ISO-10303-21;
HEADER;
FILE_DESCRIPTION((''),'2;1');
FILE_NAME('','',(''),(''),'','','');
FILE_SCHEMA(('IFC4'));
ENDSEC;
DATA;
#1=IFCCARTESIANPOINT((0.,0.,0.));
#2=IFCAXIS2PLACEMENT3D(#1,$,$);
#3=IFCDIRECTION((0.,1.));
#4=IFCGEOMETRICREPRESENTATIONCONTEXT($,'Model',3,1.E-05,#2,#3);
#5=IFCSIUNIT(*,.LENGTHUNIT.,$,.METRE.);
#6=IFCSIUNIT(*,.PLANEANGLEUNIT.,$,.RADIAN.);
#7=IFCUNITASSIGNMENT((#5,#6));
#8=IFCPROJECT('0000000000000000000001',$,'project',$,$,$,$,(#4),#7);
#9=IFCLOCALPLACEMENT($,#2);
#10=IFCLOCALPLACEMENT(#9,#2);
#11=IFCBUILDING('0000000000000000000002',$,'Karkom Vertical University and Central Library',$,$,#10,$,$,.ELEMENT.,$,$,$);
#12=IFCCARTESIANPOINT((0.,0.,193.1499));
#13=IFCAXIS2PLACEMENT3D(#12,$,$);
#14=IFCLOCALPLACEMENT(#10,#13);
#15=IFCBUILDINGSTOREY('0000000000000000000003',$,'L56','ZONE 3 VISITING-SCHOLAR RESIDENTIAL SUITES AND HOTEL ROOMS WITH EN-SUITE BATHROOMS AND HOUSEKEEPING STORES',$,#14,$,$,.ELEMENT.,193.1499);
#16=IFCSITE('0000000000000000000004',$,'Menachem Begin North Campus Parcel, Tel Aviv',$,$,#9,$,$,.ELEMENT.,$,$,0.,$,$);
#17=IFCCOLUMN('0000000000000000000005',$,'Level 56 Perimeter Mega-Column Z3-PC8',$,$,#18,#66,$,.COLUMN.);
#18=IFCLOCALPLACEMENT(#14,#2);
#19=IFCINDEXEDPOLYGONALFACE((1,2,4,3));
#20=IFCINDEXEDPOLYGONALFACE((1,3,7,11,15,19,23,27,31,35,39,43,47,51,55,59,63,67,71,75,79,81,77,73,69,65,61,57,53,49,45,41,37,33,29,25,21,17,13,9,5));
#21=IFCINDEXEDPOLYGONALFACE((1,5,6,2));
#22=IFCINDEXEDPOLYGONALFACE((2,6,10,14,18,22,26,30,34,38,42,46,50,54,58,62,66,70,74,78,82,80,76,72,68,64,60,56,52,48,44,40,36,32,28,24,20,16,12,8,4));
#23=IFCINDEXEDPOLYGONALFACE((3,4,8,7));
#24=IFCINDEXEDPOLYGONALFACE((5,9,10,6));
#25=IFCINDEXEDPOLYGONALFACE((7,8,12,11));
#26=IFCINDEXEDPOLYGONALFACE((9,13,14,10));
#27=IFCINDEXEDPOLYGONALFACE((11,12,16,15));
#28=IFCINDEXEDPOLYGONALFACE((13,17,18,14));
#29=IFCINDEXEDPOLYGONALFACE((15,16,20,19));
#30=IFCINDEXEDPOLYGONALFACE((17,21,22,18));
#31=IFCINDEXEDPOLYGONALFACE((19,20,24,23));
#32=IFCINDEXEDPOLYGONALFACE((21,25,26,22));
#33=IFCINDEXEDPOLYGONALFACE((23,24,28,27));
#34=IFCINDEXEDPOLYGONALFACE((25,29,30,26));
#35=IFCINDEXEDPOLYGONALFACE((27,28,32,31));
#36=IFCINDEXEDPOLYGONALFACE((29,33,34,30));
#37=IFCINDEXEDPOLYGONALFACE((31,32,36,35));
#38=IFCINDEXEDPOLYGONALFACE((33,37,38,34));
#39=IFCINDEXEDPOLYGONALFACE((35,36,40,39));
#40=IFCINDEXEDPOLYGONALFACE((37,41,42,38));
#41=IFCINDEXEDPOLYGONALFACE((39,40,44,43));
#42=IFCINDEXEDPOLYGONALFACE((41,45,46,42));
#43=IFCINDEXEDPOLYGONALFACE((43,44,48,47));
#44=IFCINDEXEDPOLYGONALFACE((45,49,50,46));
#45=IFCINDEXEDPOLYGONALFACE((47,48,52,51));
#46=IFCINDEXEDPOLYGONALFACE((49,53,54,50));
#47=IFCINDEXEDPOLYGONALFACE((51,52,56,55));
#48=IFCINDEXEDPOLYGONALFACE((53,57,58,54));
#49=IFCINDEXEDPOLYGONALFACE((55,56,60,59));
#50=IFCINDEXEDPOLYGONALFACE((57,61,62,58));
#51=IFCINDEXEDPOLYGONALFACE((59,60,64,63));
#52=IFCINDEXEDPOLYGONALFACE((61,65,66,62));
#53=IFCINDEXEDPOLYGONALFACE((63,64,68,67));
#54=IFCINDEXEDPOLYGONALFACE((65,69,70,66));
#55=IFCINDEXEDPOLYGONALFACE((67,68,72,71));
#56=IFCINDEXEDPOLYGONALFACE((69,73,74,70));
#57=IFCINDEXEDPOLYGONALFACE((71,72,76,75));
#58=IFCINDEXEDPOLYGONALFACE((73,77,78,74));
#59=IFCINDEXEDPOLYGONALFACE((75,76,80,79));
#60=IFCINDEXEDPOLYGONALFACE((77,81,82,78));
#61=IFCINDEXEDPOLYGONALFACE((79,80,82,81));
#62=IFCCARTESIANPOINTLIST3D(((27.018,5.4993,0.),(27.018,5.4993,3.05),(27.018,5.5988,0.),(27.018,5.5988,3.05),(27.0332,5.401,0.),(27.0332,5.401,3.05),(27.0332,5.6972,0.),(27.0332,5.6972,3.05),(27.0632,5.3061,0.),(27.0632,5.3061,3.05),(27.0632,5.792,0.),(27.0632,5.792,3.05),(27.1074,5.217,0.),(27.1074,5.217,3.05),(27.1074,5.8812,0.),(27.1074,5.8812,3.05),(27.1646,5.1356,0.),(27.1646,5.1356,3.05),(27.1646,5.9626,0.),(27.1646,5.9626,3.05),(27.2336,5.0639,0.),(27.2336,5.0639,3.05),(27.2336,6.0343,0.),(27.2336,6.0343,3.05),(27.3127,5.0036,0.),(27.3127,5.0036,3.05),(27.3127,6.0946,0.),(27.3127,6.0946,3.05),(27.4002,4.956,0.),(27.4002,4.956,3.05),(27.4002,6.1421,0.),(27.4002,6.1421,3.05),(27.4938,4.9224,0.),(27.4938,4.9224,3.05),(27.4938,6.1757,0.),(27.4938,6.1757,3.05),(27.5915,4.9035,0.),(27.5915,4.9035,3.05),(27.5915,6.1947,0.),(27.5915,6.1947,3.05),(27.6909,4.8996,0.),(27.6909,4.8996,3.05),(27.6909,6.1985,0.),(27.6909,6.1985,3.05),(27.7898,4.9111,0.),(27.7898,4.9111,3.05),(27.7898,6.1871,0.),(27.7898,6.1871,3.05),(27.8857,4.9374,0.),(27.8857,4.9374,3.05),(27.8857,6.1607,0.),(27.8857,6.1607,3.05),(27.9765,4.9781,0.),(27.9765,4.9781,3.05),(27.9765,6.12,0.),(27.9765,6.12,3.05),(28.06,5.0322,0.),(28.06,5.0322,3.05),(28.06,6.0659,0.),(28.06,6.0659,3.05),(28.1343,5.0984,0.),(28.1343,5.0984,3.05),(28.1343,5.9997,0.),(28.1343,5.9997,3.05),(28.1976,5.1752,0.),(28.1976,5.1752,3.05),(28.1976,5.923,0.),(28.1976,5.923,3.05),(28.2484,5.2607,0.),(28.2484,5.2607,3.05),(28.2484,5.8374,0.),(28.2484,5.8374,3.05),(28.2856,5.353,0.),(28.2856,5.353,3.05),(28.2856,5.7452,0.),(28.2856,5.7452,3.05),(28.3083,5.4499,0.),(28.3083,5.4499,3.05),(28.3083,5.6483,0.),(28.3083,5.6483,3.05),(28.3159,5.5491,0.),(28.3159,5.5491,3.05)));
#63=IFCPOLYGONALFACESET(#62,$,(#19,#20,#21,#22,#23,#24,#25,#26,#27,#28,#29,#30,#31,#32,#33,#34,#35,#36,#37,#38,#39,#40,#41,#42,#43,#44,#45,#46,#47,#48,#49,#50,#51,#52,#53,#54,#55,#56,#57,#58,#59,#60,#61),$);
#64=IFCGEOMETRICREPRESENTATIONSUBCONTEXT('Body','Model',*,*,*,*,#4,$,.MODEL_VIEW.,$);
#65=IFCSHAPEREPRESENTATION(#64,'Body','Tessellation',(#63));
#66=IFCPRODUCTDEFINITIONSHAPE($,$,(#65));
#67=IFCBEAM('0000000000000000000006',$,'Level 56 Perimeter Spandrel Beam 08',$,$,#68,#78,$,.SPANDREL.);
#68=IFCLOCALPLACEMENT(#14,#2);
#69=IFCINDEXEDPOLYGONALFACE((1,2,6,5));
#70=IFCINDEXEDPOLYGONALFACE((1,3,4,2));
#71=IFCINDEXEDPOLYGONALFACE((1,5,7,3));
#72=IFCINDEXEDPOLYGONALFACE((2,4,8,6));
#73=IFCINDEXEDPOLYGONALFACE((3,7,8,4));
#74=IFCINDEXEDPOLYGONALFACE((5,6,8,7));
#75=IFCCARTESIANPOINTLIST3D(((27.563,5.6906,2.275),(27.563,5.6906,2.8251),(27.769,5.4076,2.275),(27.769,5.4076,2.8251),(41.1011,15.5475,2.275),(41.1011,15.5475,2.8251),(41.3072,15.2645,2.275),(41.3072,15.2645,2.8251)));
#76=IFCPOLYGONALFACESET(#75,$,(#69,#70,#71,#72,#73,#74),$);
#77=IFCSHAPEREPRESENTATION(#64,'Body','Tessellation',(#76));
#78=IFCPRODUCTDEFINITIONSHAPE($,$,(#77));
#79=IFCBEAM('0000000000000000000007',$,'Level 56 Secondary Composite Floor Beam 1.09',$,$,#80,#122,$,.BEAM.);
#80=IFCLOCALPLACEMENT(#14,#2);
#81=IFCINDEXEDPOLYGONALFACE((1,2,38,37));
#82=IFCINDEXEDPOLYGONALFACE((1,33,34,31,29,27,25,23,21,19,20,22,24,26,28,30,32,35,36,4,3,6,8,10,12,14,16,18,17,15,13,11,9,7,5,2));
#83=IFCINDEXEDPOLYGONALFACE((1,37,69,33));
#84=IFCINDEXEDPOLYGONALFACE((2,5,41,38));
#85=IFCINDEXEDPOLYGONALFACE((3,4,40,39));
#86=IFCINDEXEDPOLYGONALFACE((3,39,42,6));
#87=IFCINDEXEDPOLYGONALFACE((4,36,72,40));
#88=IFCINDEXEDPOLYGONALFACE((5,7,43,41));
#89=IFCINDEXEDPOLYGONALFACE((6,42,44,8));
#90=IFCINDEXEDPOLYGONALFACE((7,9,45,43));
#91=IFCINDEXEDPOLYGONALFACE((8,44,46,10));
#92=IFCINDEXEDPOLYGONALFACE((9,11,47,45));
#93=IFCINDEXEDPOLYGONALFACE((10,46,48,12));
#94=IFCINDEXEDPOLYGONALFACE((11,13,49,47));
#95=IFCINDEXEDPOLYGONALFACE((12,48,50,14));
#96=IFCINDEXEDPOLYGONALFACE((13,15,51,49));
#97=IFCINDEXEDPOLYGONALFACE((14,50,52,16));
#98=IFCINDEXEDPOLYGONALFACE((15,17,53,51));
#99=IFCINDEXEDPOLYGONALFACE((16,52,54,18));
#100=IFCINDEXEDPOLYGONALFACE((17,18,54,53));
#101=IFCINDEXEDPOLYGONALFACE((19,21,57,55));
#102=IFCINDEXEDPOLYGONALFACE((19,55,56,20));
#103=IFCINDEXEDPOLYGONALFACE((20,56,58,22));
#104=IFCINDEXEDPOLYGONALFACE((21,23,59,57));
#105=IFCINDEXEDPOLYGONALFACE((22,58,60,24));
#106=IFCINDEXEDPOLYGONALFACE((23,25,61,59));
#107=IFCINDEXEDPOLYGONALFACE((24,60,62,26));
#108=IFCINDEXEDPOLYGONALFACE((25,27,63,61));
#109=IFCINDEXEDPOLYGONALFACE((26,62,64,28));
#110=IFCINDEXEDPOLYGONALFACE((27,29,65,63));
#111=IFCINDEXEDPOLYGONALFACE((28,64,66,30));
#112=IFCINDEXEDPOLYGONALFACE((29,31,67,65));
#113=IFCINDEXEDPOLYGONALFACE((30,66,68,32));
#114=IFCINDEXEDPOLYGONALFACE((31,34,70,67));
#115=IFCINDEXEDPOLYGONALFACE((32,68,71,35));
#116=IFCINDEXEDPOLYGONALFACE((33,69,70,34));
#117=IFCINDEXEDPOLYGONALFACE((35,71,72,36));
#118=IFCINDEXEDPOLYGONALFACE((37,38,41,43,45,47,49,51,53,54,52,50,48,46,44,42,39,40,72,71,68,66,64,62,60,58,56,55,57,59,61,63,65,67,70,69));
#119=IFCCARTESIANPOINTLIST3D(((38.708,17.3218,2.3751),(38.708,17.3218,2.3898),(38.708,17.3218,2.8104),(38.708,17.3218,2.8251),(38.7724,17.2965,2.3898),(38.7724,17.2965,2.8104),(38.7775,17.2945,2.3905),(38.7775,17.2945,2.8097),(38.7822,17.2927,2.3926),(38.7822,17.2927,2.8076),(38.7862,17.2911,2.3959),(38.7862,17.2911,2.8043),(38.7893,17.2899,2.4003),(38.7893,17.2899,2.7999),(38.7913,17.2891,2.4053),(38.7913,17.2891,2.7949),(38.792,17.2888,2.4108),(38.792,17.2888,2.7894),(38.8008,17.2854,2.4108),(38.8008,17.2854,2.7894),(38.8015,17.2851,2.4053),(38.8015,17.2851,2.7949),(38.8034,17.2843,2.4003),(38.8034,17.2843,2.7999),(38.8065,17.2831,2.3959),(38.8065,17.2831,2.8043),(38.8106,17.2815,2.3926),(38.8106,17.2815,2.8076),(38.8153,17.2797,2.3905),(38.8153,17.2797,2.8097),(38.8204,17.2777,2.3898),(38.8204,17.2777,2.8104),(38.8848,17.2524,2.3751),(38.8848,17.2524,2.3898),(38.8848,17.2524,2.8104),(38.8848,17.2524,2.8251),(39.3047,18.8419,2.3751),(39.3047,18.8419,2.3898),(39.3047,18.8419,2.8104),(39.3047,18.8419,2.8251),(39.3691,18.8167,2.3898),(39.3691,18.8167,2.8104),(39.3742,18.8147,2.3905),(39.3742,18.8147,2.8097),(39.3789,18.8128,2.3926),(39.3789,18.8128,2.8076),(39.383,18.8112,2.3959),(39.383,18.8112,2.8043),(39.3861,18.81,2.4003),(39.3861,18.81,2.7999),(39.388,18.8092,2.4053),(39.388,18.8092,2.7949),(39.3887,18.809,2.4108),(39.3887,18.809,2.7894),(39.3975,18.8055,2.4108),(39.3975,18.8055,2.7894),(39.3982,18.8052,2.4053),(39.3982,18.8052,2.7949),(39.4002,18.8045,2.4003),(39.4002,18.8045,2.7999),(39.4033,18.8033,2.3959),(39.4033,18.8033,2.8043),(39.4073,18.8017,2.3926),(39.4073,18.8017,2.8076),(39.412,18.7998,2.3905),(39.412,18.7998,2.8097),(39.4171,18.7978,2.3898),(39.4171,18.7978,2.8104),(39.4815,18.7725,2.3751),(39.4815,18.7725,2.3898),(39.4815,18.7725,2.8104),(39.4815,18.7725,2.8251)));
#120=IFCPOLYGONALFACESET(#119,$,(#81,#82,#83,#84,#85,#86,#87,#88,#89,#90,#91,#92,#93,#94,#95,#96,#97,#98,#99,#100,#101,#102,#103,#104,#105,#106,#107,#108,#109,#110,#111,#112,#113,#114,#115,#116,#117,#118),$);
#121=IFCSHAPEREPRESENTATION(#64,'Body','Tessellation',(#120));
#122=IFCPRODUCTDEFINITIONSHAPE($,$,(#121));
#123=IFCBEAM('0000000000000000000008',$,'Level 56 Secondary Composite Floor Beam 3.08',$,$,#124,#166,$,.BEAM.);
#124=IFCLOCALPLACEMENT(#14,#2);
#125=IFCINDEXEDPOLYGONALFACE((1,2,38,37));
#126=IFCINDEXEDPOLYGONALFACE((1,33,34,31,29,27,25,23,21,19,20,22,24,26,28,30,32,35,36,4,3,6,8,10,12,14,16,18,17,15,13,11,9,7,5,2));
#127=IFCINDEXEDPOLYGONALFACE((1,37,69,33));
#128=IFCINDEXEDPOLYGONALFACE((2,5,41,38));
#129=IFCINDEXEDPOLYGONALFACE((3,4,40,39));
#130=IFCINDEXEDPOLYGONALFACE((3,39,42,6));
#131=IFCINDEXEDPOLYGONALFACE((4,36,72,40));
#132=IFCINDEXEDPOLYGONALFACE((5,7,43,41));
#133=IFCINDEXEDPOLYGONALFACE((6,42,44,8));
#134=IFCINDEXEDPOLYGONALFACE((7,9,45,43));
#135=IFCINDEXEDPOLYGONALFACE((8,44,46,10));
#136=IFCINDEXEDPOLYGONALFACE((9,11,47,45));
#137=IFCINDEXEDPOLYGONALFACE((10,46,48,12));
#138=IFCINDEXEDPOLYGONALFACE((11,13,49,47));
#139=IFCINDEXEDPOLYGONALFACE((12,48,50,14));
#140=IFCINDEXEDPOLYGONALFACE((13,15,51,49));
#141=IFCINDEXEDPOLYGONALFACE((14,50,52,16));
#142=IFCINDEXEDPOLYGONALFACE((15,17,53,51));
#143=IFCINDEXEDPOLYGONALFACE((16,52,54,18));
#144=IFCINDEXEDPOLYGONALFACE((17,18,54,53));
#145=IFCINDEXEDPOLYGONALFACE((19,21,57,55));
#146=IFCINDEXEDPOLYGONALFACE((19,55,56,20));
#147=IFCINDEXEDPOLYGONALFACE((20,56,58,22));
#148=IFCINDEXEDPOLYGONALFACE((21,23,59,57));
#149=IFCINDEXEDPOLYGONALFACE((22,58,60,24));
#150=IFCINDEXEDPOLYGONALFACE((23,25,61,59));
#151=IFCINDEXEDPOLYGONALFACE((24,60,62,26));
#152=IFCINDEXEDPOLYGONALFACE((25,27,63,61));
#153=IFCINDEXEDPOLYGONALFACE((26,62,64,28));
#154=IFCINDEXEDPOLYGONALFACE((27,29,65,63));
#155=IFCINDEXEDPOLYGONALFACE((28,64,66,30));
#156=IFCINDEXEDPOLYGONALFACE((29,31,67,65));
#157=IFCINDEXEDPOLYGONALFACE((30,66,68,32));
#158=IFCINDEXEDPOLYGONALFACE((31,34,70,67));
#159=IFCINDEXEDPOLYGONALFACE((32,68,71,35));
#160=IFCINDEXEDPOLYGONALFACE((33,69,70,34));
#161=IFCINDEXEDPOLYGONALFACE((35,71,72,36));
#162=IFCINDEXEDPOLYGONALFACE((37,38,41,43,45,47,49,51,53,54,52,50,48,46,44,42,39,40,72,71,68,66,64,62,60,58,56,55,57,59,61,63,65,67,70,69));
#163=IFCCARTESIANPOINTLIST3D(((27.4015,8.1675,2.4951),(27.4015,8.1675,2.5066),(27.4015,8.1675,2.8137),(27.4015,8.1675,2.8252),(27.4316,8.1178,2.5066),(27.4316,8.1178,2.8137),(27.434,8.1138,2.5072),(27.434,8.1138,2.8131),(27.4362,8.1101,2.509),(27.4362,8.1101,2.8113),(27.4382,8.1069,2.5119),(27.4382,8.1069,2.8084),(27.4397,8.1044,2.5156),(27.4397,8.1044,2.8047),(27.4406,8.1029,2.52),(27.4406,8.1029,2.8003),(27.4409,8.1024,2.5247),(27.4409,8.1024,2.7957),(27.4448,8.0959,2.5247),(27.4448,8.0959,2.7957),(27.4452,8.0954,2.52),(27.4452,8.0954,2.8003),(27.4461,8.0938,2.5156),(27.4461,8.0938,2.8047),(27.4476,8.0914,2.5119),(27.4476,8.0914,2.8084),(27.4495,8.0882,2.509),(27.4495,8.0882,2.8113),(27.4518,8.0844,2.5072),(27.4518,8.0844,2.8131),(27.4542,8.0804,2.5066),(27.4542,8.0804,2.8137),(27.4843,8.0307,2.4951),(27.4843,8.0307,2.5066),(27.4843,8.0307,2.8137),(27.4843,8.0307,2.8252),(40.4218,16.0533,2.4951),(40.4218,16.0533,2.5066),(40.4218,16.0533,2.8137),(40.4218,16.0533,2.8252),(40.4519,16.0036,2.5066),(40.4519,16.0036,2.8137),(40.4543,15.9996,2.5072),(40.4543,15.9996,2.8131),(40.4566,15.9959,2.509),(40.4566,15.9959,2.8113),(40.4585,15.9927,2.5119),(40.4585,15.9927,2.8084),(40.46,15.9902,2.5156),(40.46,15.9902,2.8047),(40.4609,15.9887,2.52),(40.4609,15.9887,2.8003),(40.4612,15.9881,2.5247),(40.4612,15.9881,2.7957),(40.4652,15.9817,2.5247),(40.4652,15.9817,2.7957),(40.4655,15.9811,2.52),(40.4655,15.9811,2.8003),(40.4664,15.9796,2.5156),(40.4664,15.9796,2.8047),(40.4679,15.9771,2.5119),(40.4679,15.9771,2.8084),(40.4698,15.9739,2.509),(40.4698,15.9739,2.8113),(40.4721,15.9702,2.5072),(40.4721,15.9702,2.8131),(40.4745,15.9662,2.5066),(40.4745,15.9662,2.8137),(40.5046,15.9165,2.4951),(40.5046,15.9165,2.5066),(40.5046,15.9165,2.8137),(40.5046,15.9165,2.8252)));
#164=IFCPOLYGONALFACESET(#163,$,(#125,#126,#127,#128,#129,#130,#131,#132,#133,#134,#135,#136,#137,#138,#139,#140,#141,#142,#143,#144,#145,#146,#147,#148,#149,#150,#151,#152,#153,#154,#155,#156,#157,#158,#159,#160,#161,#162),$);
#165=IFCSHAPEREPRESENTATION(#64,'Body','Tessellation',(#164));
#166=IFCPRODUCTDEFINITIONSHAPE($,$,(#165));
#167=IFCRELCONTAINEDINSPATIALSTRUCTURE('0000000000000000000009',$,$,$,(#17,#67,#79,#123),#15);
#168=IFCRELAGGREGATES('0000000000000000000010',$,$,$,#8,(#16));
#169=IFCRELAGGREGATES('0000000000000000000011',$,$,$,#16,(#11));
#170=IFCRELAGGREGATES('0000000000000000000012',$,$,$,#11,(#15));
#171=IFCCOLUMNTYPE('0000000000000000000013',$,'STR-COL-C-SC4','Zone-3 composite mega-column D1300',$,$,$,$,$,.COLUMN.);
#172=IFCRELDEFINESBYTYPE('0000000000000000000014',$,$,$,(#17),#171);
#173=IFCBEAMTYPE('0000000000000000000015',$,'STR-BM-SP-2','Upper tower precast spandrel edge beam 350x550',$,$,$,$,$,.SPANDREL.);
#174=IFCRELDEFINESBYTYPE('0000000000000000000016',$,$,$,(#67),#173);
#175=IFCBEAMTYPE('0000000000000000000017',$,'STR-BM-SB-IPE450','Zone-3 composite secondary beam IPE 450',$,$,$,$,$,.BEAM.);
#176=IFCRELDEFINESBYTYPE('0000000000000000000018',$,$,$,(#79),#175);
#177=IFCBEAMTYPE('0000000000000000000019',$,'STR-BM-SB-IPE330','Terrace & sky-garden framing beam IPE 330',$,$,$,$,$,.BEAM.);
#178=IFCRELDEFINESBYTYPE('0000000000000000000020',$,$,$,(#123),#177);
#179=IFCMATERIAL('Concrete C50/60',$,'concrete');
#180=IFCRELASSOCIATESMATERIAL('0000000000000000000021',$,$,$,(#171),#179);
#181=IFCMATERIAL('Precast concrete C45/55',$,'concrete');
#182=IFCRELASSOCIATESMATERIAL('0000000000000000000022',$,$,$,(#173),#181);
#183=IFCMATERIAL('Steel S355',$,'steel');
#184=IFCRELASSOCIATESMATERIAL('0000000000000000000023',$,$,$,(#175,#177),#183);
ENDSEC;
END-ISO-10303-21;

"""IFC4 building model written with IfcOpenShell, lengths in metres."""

from ifc_helpers import new_model, si_unit, direction, frame, origin, origin_with_axes, origin_2d, place, context, subcontext, project, spatial, rectangle, circle, i_section, extrude, source, transform, mapped, material, material_profile, profile_set, type_object, element, save


model = new_model("IFC4")

# Units and contexts
model_context = context("Model", 3, precision=1e-05, world=origin(), true_north=direction((0.0, 1.0)))
body_context = subcontext(model_context, "Body", "Model", "MODEL_VIEW")
ifc_project = project(units=[si_unit("LENGTHUNIT", "METRE"), si_unit("PLANEANGLEUNIT", "RADIAN")], contexts=[model_context])

# Site, building, storey
site_placement = place(None, origin())
site = spatial("IfcSite", under=ifc_project, at=site_placement, Name="Menachem Begin North Campus Parcel, Tel Aviv", CompositionType="ELEMENT", RefElevation=0.0)
building_placement = place(site_placement, origin())
building = spatial("IfcBuilding", under=site, at=building_placement, Name="Karkom Vertical University and Central Library", CompositionType="ELEMENT")
storey_placement = place(building_placement, frame((0.0, 0.0, 193.1499)))
storey = spatial("IfcBuildingStorey", under=building, at=storey_placement, Name="L56", Description="ZONE 3 VISITING-SCHOLAR RESIDENTIAL SUITES AND HOTEL ROOMS WITH EN-SUITE BATHROOMS AND HOUSEKEEPING STORES", CompositionType="ELEMENT", Elevation=193.1499)

# Column
ifc_material_1 = material(Name="Concrete C50/60", Category="concrete")
ifc_material_profile_1 = material_profile(ifc_material_1, circle(Radius=0.6499, at=origin_2d()), Name="CFT-D1300")
ifc_profile_set_1 = profile_set([ifc_material_profile_1], Name="Concrete C50/60")
column_type = type_object("IfcColumnType", Name="STR-COL-C-SC4", Description="Zone-3 composite mega-column D1300", PredefinedType="COLUMN", material=ifc_profile_set_1)
shared_shape_1 = source(origin_with_axes(), body_context, "Body", "SweptSolid", [
    extrude(circle(Radius=0.6499, at=origin_2d()), origin(), (0.0, 0.0, 1.0), 3.05),
])
column_placement = place(storey_placement, frame((27.666, 5.5491, 0.0), z_axis=(0.0, 0.0, 1.0), x_axis=(1.0, 0.0, 0.0)))
element("IfcColumn", 1, at=column_placement, inside=storey, type_object=column_type, Name="Level 56 Perimeter Mega-Column Z3-PC8", PredefinedType="COLUMN", context=body_context, shape_type="MappedRepresentation", body=[
    mapped(shared_shape_1, transform((0.0, 0.0, 0.0), scale=1.0)),
])

# Beams
ifc_material_2 = material(Name="Precast concrete C45/55", Category="concrete")
ifc_material_profile_2 = material_profile(ifc_material_2, rectangle(XDim=0.3501, YDim=0.55, at=origin_2d()), Name="SPB-350x550")
ifc_profile_set_2 = profile_set([ifc_material_profile_2], Name="Precast concrete C45/55")
beam_type_1 = type_object("IfcBeamType", Name="STR-BM-SP-2", Description="Upper tower precast spandrel edge beam 350x550", PredefinedType="SPANDREL", material=ifc_profile_set_2)
shared_shape_2 = source(origin_with_axes(), body_context, "Body", "SweptSolid", [
    extrude(rectangle(XDim=0.3501, YDim=0.55, at=origin_2d()), origin(), (0.0, 0.0, 1.0), 16.7463),
])
beam_1_placement = place(storey_placement, frame((27.666, 5.5491, 2.55), z_axis=(0.808422, 0.588603, 0.0), x_axis=(-0.588603, 0.808422, 0.0)))
element("IfcBeam", 2, at=beam_1_placement, inside=storey, type_object=beam_type_1, Name="Level 56 Perimeter Spandrel Beam 08", PredefinedType="SPANDREL", context=body_context, shape_type="MappedRepresentation", body=[
    mapped(shared_shape_2, transform((0.0, 0.0, 0.0), scale=1.0)),
])
ifc_material_3 = material(Name="Steel S355", Category="steel")
ifc_material_profile_3 = material_profile(ifc_material_3, i_section(OverallWidth=0.1899, OverallDepth=0.45, WebThickness=0.0095, FlangeThickness=0.0146, FilletRadius=0.021, at=origin_2d()), Name="IPE 450")
ifc_profile_set_3 = profile_set([ifc_material_profile_3], Name="Steel S355")
beam_type_2 = type_object("IfcBeamType", Name="STR-BM-SB-IPE450", Description="Zone-3 composite secondary beam IPE 450", PredefinedType="BEAM", material=ifc_profile_set_3)
shared_shape_3 = source(origin_with_axes(), body_context, "Body", "SweptSolid", [
    extrude(i_section(OverallWidth=0.1899, OverallDepth=0.45, WebThickness=0.0095, FlangeThickness=0.0146, FilletRadius=0.021, at=origin_2d()), origin(), (0.0, 0.0, 1.0), 1.6331),
])
beam_2_placement = place(storey_placement, frame((38.7964, 17.2871, 2.6001), z_axis=(0.365403, 0.93085, 0.0), x_axis=(-0.93085, 0.365403, 0.0)))
element("IfcBeam", 3, at=beam_2_placement, inside=storey, type_object=beam_type_2, Name="Level 56 Secondary Composite Floor Beam 1.09", PredefinedType="BEAM", context=body_context, shape_type="MappedRepresentation", body=[
    mapped(shared_shape_3, transform((0.0, 0.0, 0.0), scale=1.0)),
])
ifc_material_profile_4 = material_profile(ifc_material_3, i_section(OverallWidth=0.1599, OverallDepth=0.3301, WebThickness=0.0076, FlangeThickness=0.0115, FilletRadius=0.0181, at=origin_2d()), Name="IPE 330")
ifc_profile_set_4 = profile_set([ifc_material_profile_4], Name="Steel S355")
beam_type_3 = type_object("IfcBeamType", Name="STR-BM-SB-IPE330", Description="Terrace & sky-garden framing beam IPE 330", PredefinedType="BEAM", material=ifc_profile_set_4)
shared_shape_4 = source(origin_with_axes(), body_context, "Body", "SweptSolid", [
    extrude(i_section(OverallWidth=0.1599, OverallDepth=0.3301, WebThickness=0.0076, FlangeThickness=0.0115, FilletRadius=0.0181, at=origin_2d()), origin(), (0.0, 0.0, 1.0), 15.2222),
])
beam_3_placement = place(storey_placement, frame((27.4429, 8.0991, 2.6602), z_axis=(0.855353, 0.518046, 0.0), x_axis=(-0.518046, 0.855353, 0.0)))
element("IfcBeam", 4, at=beam_3_placement, inside=storey, type_object=beam_type_3, Name="Level 56 Secondary Composite Floor Beam 3.08", PredefinedType="BEAM", context=body_context, shape_type="MappedRepresentation", body=[
    mapped(shared_shape_4, transform((0.0, 0.0, 0.0), scale=1.0)),
])

save(model, "model.ifc")
